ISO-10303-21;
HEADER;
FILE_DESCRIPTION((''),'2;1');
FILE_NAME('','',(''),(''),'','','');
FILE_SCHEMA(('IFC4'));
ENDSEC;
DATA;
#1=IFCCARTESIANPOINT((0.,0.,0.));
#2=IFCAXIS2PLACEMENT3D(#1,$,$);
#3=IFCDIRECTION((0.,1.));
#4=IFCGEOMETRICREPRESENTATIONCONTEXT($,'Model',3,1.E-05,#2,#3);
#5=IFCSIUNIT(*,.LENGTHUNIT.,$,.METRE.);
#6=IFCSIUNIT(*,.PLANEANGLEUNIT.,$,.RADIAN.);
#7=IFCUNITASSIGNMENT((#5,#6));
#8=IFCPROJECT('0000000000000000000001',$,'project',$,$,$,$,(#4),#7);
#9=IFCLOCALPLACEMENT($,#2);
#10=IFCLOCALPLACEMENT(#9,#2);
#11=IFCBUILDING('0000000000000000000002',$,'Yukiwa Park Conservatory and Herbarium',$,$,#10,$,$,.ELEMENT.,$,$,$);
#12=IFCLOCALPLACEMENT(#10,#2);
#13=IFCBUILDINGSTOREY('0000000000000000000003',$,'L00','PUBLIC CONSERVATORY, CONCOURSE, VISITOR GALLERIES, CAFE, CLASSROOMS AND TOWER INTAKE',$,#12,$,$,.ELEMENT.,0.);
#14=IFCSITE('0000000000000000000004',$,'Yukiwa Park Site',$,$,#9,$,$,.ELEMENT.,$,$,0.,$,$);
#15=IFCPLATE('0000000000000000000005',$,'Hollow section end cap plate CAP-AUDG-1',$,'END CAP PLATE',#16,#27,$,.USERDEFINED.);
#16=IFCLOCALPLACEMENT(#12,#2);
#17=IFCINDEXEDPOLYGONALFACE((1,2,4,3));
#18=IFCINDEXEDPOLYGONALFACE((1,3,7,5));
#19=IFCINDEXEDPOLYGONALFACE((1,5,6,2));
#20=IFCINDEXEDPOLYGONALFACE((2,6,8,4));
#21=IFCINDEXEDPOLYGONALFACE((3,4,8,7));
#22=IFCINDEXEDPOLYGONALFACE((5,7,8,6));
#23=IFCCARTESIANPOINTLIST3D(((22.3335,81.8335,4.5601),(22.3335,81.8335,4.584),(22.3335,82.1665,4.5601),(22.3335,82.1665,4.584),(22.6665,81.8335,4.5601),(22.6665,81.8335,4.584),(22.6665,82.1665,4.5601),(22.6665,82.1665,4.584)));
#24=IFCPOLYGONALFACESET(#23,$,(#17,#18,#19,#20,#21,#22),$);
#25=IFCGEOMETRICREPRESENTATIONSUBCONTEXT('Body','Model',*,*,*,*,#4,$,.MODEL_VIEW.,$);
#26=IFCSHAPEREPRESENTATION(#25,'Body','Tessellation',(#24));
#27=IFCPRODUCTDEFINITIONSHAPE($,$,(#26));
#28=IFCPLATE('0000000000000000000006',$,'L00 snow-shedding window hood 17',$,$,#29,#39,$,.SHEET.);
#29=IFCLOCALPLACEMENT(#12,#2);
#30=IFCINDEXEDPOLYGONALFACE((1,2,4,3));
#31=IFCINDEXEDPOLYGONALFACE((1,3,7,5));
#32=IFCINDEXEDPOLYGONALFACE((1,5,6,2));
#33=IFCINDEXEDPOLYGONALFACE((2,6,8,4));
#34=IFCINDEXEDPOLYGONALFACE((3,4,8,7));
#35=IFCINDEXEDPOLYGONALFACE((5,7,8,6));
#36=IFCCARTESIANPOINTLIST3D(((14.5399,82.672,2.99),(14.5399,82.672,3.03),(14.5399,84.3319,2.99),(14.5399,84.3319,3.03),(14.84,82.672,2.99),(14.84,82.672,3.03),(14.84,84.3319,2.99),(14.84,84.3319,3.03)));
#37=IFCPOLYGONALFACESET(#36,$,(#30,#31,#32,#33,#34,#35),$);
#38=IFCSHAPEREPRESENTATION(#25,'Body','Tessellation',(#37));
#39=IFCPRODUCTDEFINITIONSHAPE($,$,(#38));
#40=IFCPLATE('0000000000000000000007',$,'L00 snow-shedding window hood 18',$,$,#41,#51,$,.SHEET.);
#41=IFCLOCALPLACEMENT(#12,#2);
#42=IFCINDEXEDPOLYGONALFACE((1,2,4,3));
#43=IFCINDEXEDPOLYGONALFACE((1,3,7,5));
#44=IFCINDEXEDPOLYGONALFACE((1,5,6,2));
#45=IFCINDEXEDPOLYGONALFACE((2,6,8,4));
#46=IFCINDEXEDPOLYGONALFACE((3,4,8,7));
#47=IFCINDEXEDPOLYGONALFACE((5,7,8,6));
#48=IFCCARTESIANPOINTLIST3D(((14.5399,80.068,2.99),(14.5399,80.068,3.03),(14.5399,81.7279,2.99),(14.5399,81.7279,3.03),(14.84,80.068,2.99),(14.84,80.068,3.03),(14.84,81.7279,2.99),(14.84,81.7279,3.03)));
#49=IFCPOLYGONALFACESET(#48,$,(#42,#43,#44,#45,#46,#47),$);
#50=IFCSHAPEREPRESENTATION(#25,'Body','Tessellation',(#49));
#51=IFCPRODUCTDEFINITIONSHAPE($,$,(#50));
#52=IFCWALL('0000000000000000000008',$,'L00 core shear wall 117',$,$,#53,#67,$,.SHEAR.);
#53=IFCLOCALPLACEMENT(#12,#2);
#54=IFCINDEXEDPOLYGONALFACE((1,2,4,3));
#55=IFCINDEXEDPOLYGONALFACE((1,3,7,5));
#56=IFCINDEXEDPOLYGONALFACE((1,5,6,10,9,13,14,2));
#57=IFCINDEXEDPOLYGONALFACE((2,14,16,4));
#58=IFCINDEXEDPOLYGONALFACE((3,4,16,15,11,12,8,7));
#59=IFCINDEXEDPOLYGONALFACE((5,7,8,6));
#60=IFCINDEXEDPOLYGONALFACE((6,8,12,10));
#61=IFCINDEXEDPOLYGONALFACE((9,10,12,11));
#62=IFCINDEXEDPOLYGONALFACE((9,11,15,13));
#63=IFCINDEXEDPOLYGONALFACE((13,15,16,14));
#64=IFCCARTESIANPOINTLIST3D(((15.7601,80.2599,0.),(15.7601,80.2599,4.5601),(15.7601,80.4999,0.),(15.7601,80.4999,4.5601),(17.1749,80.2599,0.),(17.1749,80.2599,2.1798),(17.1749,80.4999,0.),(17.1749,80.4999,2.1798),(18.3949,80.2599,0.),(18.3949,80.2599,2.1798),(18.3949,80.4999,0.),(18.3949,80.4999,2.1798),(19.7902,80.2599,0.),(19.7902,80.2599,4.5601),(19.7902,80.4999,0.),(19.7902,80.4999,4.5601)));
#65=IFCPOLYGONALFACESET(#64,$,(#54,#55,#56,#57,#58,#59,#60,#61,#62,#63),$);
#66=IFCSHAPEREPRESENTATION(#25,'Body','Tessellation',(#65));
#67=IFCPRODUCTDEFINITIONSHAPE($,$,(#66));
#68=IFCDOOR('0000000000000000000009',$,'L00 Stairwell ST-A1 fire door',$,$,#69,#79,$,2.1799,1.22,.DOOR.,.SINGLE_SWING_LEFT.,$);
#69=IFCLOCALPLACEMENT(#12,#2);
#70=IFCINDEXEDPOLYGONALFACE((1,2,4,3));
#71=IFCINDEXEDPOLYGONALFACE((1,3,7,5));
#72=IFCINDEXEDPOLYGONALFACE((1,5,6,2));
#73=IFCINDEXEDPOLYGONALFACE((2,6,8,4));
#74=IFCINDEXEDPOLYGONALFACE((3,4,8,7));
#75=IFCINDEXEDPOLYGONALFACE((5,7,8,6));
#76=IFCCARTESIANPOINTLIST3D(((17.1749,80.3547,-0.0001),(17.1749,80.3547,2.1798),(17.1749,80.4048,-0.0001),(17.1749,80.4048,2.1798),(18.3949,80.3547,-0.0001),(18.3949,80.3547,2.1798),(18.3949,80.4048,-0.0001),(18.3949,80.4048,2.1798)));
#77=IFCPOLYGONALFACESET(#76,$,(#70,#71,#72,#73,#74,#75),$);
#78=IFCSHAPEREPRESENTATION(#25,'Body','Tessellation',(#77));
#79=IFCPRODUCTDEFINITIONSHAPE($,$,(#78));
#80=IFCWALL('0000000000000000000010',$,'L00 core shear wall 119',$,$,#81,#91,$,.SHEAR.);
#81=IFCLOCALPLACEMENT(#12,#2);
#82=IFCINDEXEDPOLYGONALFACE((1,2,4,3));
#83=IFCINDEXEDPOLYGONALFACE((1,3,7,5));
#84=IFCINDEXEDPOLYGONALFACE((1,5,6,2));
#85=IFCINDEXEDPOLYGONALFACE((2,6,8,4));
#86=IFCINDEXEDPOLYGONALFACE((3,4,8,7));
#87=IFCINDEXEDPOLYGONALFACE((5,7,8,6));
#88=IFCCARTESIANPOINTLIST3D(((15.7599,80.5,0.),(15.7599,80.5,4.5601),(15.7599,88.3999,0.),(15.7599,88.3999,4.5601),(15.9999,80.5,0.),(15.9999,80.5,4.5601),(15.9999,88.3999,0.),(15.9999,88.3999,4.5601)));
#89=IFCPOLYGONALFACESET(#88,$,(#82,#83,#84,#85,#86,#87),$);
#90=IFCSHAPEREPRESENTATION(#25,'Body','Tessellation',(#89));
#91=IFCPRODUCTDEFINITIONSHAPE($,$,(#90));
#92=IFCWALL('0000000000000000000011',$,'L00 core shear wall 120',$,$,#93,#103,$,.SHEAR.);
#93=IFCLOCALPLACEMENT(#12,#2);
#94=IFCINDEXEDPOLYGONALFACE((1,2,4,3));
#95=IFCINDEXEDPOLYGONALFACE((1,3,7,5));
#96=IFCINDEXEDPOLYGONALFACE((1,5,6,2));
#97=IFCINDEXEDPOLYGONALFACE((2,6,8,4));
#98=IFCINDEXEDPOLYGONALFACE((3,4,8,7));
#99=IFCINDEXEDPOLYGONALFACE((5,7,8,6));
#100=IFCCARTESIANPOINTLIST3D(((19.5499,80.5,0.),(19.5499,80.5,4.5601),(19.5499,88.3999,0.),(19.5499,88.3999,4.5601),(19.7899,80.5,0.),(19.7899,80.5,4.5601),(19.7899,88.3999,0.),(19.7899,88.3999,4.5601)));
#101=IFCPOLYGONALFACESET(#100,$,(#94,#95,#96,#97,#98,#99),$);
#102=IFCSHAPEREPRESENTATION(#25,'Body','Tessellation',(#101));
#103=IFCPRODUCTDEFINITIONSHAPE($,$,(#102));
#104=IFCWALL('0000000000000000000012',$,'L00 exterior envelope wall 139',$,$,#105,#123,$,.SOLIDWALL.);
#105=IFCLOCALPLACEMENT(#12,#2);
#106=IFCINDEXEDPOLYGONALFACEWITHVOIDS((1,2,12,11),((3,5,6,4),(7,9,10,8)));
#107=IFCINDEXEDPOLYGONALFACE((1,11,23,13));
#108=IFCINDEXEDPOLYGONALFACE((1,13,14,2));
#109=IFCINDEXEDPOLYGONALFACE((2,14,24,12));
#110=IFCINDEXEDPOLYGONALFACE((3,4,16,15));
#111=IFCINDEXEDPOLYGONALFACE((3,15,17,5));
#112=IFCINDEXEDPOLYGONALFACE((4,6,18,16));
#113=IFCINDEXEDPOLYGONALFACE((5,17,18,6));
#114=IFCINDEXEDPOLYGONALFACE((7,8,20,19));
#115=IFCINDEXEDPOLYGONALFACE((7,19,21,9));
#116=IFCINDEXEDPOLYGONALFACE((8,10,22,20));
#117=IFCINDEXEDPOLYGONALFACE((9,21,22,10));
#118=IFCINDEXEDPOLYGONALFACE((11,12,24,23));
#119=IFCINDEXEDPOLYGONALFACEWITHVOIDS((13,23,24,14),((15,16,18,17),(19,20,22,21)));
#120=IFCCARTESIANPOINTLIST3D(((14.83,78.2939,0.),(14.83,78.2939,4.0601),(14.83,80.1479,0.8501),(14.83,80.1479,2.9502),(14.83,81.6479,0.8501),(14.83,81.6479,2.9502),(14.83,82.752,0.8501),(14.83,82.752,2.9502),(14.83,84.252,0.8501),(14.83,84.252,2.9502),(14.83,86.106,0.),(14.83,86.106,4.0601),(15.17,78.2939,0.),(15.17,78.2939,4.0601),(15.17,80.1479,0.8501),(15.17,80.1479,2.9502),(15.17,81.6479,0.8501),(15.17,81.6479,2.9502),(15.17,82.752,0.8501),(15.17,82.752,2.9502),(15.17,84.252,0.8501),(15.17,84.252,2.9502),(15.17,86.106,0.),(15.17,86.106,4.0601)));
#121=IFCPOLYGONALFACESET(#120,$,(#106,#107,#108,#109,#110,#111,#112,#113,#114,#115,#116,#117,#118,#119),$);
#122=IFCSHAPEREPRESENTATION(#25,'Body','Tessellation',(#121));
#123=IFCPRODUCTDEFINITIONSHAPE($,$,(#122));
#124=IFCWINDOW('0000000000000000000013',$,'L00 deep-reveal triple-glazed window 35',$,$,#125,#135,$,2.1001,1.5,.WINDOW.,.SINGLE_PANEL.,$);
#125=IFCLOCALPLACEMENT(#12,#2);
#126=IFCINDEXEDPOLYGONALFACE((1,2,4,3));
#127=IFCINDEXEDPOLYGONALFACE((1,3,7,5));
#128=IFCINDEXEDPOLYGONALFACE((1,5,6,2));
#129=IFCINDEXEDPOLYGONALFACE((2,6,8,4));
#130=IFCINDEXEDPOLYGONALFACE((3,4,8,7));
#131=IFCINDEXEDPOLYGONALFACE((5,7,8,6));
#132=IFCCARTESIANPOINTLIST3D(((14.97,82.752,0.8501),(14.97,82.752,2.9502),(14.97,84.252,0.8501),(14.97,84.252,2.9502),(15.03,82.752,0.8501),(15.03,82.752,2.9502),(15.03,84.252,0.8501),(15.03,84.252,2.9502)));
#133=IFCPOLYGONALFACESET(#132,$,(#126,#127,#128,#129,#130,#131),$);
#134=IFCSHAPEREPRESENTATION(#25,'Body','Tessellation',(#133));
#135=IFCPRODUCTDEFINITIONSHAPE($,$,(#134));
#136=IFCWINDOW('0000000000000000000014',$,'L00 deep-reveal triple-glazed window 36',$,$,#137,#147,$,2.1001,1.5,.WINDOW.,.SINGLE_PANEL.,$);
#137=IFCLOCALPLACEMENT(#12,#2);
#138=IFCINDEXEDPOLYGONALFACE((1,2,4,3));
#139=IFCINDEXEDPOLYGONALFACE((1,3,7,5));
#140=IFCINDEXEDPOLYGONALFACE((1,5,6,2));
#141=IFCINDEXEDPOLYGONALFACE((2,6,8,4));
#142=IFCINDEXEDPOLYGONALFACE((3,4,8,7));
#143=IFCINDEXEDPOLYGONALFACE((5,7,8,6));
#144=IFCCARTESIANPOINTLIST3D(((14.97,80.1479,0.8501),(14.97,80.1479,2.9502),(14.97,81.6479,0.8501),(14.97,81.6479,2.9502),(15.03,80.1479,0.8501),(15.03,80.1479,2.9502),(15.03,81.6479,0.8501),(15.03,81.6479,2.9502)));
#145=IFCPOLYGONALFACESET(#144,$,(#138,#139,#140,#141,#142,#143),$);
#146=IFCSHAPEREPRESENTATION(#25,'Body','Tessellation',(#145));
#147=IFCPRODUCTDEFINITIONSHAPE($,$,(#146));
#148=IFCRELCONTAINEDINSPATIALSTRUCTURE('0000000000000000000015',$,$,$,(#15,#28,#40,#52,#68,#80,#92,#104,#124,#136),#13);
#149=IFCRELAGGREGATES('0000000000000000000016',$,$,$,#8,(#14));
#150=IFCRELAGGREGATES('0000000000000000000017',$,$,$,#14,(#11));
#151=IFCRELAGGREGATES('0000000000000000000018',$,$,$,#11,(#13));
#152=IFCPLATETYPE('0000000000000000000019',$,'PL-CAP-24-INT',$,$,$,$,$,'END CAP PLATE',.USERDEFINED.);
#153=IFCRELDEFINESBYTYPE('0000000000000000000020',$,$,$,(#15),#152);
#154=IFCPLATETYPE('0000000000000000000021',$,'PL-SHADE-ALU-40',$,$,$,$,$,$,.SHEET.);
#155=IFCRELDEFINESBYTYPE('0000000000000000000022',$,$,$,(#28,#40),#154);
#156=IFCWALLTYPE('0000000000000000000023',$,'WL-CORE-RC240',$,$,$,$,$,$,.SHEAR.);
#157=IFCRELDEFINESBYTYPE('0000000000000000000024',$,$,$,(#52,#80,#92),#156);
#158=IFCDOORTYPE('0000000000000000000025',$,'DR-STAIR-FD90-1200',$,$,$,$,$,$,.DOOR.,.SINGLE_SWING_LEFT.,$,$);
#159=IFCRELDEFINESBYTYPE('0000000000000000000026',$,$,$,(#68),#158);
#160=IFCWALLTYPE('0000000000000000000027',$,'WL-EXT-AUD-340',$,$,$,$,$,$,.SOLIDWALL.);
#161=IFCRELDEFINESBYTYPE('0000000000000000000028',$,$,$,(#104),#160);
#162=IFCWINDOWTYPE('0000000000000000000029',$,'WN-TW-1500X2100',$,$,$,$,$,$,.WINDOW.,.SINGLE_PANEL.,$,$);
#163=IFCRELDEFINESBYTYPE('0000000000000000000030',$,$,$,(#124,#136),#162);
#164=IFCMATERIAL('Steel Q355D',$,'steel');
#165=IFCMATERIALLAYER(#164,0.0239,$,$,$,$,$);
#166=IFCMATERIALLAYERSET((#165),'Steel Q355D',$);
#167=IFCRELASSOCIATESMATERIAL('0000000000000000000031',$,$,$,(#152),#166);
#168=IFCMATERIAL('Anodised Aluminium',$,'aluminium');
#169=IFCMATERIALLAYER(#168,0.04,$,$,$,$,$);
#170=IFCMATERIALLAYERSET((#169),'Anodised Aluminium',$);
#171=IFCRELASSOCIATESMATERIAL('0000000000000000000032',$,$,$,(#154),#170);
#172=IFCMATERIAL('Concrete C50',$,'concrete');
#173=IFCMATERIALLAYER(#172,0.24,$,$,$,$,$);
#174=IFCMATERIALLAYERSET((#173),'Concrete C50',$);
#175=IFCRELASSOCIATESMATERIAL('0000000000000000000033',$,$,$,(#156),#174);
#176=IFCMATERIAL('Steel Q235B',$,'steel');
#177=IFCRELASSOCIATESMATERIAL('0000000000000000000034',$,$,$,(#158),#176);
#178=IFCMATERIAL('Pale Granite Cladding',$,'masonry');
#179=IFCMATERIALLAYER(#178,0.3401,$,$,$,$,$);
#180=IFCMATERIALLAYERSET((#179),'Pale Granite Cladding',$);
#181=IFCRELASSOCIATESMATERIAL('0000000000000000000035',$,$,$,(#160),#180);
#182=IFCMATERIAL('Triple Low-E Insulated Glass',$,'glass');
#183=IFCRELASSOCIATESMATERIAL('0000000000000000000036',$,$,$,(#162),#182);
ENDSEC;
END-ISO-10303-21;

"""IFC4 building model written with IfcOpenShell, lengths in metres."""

from ifc_helpers import new_model, si_unit, direction, frame, frame_2d, origin, origin_2d, place, context, subcontext, project, spatial, rectangle, extrude, material, layer, layer_set, type_object, element, fill, save


model = new_model("IFC4")

# Units and contexts
model_context = context("Model", 3, precision=1e-05, world=origin(), true_north=direction((0.0, 1.0)))
body_context = subcontext(model_context, "Body", "Model", "MODEL_VIEW")
ifc_project = project(units=[si_unit("LENGTHUNIT", "METRE"), si_unit("PLANEANGLEUNIT", "RADIAN")], contexts=[model_context])

# Site, building, storey
site_placement = place(None, origin())
site = spatial("IfcSite", under=ifc_project, at=site_placement, Name="Yukiwa Park Site", CompositionType="ELEMENT", RefElevation=0.0)
building_placement = place(site_placement, origin())
building = spatial("IfcBuilding", under=site, at=building_placement, Name="Yukiwa Park Conservatory and Herbarium", CompositionType="ELEMENT")
storey_placement = place(building_placement, origin())
storey = spatial("IfcBuildingStorey", under=building, at=storey_placement, Name="L00", Description="PUBLIC CONSERVATORY, CONCOURSE, VISITOR GALLERIES, CAFE, CLASSROOMS AND TOWER INTAKE", CompositionType="ELEMENT", Elevation=0.0)

# Plates
ifc_material_1 = material(Name="Steel Q355D", Category="steel")
ifc_layer_1 = layer(ifc_material_1, 0.0239)
ifc_layer_set_1 = layer_set([ifc_layer_1], Name="Steel Q355D")
plate_type_1 = type_object("IfcPlateType", Name="PL-CAP-24-INT", ElementType="END CAP PLATE", PredefinedType="USERDEFINED", material=ifc_layer_set_1)
plate_placement = place(storey_placement, frame((22.5, 82.0, 4.5601), z_axis=(0.0, 0.0, 1.0), x_axis=(1.0, 0.0, 0.0)))
element("IfcPlate", 1, at=plate_placement, inside=storey, type_object=plate_type_1, Name="Hollow section end cap plate CAP-AUDG-1", ObjectType="END CAP PLATE", PredefinedType="USERDEFINED", context=body_context, shape_type="SweptSolid", body=[
    extrude(rectangle(XDim=0.333, YDim=0.333, at=origin_2d()), origin(), (0.0, 0.0, 1.0), 0.0239),
])
ifc_material_2 = material(Name="Anodised Aluminium", Category="aluminium")
ifc_layer_2 = layer(ifc_material_2, 0.04)
ifc_layer_set_2 = layer_set([ifc_layer_2], Name="Anodised Aluminium")
plate_type_2 = type_object("IfcPlateType", Name="PL-SHADE-ALU-40", PredefinedType="SHEET", material=ifc_layer_set_2)
for number, where, z_axis, x_axis, name in (
    (2, (14.6899, 83.502, 2.99), (0.0, 0.0, 1.0), (0.0, -1.0, 0.0), "L00 snow-shedding window hood 17"),
    (3, (14.6899, 80.8979, 2.99), (0.0, 0.0, 1.0), (0.0, -1.0, 0.0), "L00 snow-shedding window hood 18"),
):
    element("IfcPlate", number, at=place(storey_placement, frame(where, z_axis=z_axis, x_axis=x_axis)), inside=storey, type_object=plate_type_2, Name=name, PredefinedType="SHEET", context=body_context, shape_type="SweptSolid", body=[
        extrude(rectangle(XDim=1.6599, YDim=0.3, at=origin_2d()), origin(), (0.0, 0.0, 1.0), 0.04),
    ])

# Wall, opening, door
ifc_material_3 = material(Name="Concrete C50", Category="concrete")
ifc_layer_3 = layer(ifc_material_3, 0.24)
ifc_layer_set_3 = layer_set([ifc_layer_3], Name="Concrete C50")
wall_type_1 = type_object("IfcWallType", Name="WL-CORE-RC240", PredefinedType="SHEAR", material=ifc_layer_set_3)
wall_1_placement = place(storey_placement, frame((15.76, 80.3799, 0.0), z_axis=(0.0, 0.0, 1.0), x_axis=(1.0, 0.0, 0.0)))
wall_1 = element("IfcWall", 4, at=wall_1_placement, inside=storey, type_object=wall_type_1, Name="L00 core shear wall 117", PredefinedType="SHEAR", context=body_context, shape_type="SweptSolid", body=[
    extrude(rectangle(XDim=4.03, YDim=0.24, at=frame_2d((2.0151, 0.0))), origin(), (0.0, 0.0, 1.0), 4.5601),
])
opening_1_placement = place(wall_1_placement, frame((1.415, 0.0, 0.0)))
opening_1 = element("IfcOpeningElement", 5, at=opening_1_placement, cuts=wall_1, PredefinedType="OPENING", context=body_context, shape_type="SweptSolid", body=[
    extrude(rectangle(XDim=1.22, YDim=2.1799, at=frame_2d((0.6099, 1.0898))), frame((0.0, 0.1299, 0.0), z_axis=(0.0, -1.0, 0.0), x_axis=(1.0, 0.0, 0.0)), (0.0, 0.0, 1.0), 0.26),
])
ifc_material_4 = material(Name="Steel Q235B", Category="steel")
door_type_1 = type_object("IfcDoorType", Name="DR-STAIR-FD90-1200", OperationType="SINGLE_SWING_LEFT", PredefinedType="DOOR", material=ifc_material_4)
door_1_placement = place(opening_1_placement, origin())
door_1 = element("IfcDoor", 6, at=door_1_placement, inside=storey, type_object=door_type_1, Name="L00 Stairwell ST-A1 fire door", OperationType="SINGLE_SWING_LEFT", OverallHeight=2.1799, OverallWidth=1.22, PredefinedType="DOOR", context=body_context, shape_type="SweptSolid", body=[
    extrude(rectangle(XDim=1.22, YDim=2.1799, at=frame_2d((0.6099, 1.0898))), frame((0.0, 0.0249, 0.0), z_axis=(0.0, -1.0, 0.0), x_axis=(1.0, 0.0, 0.0)), (0.0, 0.0, 1.0), 0.05),
])
fill(opening_1, door_1)

# Walls
for number, where, z_axis, x_axis, name in (
    (7, (15.8799, 80.5, 0.0), (0.0, 0.0, 1.0), (0.0, 1.0, 0.0), "L00 core shear wall 119"),
    (8, (19.6699, 80.5, 0.0), (0.0, 0.0, 1.0), (0.0, 1.0, 0.0), "L00 core shear wall 120"),
):
    element("IfcWall", number, at=place(storey_placement, frame(where, z_axis=z_axis, x_axis=x_axis)), inside=storey, type_object=wall_type_1, Name=name, PredefinedType="SHEAR", context=body_context, shape_type="SweptSolid", body=[
        extrude(rectangle(XDim=7.8999, YDim=0.24, at=frame_2d((3.95, 0.0))), origin(), (0.0, 0.0, 1.0), 4.5601),
    ])

# Wall, openings, windows
ifc_material_5 = material(Name="Pale Granite Cladding", Category="masonry")
ifc_layer_4 = layer(ifc_material_5, 0.3401)
ifc_layer_set_4 = layer_set([ifc_layer_4], Name="Pale Granite Cladding")
wall_type_2 = type_object("IfcWallType", Name="WL-EXT-AUD-340", PredefinedType="SOLIDWALL", material=ifc_layer_set_4)
wall_2_placement = place(storey_placement, frame((15.0, 86.106, 0.0), z_axis=(0.0, 0.0, 1.0), x_axis=(0.0, -1.0, 0.0)))
wall_2 = element("IfcWall", 9, at=wall_2_placement, inside=storey, type_object=wall_type_2, Name="L00 exterior envelope wall 139", PredefinedType="SOLIDWALL", context=body_context, shape_type="SweptSolid", body=[
    extrude(rectangle(XDim=7.812, YDim=0.3401, at=frame_2d((3.906, 0.0))), origin(), (0.0, 0.0, 1.0), 4.0601),
])
opening_2_placement = place(wall_2_placement, frame((1.854, 0.0, 0.8501)))
opening_2 = element("IfcOpeningElement", 10, at=opening_2_placement, cuts=wall_2, PredefinedType="OPENING", context=body_context, shape_type="SweptSolid", body=[
    extrude(rectangle(XDim=1.5, YDim=2.1001, at=frame_2d((0.75, 1.05))), frame((0.0, 0.1802, 0.0), z_axis=(0.0, -1.0, 0.0), x_axis=(1.0, 0.0, 0.0)), (0.0, 0.0, 1.0), 0.3601),
])
opening_3_placement = place(wall_2_placement, frame((4.458, 0.0, 0.8501)))
opening_3 = element("IfcOpeningElement", 11, at=opening_3_placement, cuts=wall_2, PredefinedType="OPENING", context=body_context, shape_type="SweptSolid", body=[
    extrude(rectangle(XDim=1.5, YDim=2.1001, at=frame_2d((0.75, 1.05))), frame((0.0, 0.1802, 0.0), z_axis=(0.0, -1.0, 0.0), x_axis=(1.0, 0.0, 0.0)), (0.0, 0.0, 1.0), 0.3601),
])
ifc_material_6 = material(Name="Triple Low-E Insulated Glass", Category="glass")
window_type_1 = type_object("IfcWindowType", Name="WN-TW-1500X2100", PartitioningType="SINGLE_PANEL", PredefinedType="WINDOW", material=ifc_material_6)
window_1_placement = place(opening_2_placement, origin())
window_1 = element("IfcWindow", 12, at=window_1_placement, inside=storey, type_object=window_type_1, Name="L00 deep-reveal triple-glazed window 35", OverallHeight=2.1001, OverallWidth=1.5, PartitioningType="SINGLE_PANEL", PredefinedType="WINDOW", context=body_context, shape_type="SweptSolid", body=[
    extrude(rectangle(XDim=1.5, YDim=2.1001, at=frame_2d((0.75, 1.05))), frame((0.0, 0.03, 0.0), z_axis=(0.0, -1.0, 0.0), x_axis=(1.0, 0.0, 0.0)), (0.0, 0.0, 1.0), 0.0601),
])
fill(opening_2, window_1)
window_2_placement = place(opening_3_placement, origin())
window_2 = element("IfcWindow", 13, at=window_2_placement, inside=storey, type_object=window_type_1, Name="L00 deep-reveal triple-glazed window 36", OverallHeight=2.1001, OverallWidth=1.5, PartitioningType="SINGLE_PANEL", PredefinedType="WINDOW", context=body_context, shape_type="SweptSolid", body=[
    extrude(rectangle(XDim=1.5, YDim=2.1001, at=frame_2d((0.75, 1.05))), frame((0.0, 0.03, 0.0), z_axis=(0.0, -1.0, 0.0), x_axis=(1.0, 0.0, 0.0)), (0.0, 0.0, 1.0), 0.0601),
])
fill(opening_3, window_2)

save(model, "model.ifc")
